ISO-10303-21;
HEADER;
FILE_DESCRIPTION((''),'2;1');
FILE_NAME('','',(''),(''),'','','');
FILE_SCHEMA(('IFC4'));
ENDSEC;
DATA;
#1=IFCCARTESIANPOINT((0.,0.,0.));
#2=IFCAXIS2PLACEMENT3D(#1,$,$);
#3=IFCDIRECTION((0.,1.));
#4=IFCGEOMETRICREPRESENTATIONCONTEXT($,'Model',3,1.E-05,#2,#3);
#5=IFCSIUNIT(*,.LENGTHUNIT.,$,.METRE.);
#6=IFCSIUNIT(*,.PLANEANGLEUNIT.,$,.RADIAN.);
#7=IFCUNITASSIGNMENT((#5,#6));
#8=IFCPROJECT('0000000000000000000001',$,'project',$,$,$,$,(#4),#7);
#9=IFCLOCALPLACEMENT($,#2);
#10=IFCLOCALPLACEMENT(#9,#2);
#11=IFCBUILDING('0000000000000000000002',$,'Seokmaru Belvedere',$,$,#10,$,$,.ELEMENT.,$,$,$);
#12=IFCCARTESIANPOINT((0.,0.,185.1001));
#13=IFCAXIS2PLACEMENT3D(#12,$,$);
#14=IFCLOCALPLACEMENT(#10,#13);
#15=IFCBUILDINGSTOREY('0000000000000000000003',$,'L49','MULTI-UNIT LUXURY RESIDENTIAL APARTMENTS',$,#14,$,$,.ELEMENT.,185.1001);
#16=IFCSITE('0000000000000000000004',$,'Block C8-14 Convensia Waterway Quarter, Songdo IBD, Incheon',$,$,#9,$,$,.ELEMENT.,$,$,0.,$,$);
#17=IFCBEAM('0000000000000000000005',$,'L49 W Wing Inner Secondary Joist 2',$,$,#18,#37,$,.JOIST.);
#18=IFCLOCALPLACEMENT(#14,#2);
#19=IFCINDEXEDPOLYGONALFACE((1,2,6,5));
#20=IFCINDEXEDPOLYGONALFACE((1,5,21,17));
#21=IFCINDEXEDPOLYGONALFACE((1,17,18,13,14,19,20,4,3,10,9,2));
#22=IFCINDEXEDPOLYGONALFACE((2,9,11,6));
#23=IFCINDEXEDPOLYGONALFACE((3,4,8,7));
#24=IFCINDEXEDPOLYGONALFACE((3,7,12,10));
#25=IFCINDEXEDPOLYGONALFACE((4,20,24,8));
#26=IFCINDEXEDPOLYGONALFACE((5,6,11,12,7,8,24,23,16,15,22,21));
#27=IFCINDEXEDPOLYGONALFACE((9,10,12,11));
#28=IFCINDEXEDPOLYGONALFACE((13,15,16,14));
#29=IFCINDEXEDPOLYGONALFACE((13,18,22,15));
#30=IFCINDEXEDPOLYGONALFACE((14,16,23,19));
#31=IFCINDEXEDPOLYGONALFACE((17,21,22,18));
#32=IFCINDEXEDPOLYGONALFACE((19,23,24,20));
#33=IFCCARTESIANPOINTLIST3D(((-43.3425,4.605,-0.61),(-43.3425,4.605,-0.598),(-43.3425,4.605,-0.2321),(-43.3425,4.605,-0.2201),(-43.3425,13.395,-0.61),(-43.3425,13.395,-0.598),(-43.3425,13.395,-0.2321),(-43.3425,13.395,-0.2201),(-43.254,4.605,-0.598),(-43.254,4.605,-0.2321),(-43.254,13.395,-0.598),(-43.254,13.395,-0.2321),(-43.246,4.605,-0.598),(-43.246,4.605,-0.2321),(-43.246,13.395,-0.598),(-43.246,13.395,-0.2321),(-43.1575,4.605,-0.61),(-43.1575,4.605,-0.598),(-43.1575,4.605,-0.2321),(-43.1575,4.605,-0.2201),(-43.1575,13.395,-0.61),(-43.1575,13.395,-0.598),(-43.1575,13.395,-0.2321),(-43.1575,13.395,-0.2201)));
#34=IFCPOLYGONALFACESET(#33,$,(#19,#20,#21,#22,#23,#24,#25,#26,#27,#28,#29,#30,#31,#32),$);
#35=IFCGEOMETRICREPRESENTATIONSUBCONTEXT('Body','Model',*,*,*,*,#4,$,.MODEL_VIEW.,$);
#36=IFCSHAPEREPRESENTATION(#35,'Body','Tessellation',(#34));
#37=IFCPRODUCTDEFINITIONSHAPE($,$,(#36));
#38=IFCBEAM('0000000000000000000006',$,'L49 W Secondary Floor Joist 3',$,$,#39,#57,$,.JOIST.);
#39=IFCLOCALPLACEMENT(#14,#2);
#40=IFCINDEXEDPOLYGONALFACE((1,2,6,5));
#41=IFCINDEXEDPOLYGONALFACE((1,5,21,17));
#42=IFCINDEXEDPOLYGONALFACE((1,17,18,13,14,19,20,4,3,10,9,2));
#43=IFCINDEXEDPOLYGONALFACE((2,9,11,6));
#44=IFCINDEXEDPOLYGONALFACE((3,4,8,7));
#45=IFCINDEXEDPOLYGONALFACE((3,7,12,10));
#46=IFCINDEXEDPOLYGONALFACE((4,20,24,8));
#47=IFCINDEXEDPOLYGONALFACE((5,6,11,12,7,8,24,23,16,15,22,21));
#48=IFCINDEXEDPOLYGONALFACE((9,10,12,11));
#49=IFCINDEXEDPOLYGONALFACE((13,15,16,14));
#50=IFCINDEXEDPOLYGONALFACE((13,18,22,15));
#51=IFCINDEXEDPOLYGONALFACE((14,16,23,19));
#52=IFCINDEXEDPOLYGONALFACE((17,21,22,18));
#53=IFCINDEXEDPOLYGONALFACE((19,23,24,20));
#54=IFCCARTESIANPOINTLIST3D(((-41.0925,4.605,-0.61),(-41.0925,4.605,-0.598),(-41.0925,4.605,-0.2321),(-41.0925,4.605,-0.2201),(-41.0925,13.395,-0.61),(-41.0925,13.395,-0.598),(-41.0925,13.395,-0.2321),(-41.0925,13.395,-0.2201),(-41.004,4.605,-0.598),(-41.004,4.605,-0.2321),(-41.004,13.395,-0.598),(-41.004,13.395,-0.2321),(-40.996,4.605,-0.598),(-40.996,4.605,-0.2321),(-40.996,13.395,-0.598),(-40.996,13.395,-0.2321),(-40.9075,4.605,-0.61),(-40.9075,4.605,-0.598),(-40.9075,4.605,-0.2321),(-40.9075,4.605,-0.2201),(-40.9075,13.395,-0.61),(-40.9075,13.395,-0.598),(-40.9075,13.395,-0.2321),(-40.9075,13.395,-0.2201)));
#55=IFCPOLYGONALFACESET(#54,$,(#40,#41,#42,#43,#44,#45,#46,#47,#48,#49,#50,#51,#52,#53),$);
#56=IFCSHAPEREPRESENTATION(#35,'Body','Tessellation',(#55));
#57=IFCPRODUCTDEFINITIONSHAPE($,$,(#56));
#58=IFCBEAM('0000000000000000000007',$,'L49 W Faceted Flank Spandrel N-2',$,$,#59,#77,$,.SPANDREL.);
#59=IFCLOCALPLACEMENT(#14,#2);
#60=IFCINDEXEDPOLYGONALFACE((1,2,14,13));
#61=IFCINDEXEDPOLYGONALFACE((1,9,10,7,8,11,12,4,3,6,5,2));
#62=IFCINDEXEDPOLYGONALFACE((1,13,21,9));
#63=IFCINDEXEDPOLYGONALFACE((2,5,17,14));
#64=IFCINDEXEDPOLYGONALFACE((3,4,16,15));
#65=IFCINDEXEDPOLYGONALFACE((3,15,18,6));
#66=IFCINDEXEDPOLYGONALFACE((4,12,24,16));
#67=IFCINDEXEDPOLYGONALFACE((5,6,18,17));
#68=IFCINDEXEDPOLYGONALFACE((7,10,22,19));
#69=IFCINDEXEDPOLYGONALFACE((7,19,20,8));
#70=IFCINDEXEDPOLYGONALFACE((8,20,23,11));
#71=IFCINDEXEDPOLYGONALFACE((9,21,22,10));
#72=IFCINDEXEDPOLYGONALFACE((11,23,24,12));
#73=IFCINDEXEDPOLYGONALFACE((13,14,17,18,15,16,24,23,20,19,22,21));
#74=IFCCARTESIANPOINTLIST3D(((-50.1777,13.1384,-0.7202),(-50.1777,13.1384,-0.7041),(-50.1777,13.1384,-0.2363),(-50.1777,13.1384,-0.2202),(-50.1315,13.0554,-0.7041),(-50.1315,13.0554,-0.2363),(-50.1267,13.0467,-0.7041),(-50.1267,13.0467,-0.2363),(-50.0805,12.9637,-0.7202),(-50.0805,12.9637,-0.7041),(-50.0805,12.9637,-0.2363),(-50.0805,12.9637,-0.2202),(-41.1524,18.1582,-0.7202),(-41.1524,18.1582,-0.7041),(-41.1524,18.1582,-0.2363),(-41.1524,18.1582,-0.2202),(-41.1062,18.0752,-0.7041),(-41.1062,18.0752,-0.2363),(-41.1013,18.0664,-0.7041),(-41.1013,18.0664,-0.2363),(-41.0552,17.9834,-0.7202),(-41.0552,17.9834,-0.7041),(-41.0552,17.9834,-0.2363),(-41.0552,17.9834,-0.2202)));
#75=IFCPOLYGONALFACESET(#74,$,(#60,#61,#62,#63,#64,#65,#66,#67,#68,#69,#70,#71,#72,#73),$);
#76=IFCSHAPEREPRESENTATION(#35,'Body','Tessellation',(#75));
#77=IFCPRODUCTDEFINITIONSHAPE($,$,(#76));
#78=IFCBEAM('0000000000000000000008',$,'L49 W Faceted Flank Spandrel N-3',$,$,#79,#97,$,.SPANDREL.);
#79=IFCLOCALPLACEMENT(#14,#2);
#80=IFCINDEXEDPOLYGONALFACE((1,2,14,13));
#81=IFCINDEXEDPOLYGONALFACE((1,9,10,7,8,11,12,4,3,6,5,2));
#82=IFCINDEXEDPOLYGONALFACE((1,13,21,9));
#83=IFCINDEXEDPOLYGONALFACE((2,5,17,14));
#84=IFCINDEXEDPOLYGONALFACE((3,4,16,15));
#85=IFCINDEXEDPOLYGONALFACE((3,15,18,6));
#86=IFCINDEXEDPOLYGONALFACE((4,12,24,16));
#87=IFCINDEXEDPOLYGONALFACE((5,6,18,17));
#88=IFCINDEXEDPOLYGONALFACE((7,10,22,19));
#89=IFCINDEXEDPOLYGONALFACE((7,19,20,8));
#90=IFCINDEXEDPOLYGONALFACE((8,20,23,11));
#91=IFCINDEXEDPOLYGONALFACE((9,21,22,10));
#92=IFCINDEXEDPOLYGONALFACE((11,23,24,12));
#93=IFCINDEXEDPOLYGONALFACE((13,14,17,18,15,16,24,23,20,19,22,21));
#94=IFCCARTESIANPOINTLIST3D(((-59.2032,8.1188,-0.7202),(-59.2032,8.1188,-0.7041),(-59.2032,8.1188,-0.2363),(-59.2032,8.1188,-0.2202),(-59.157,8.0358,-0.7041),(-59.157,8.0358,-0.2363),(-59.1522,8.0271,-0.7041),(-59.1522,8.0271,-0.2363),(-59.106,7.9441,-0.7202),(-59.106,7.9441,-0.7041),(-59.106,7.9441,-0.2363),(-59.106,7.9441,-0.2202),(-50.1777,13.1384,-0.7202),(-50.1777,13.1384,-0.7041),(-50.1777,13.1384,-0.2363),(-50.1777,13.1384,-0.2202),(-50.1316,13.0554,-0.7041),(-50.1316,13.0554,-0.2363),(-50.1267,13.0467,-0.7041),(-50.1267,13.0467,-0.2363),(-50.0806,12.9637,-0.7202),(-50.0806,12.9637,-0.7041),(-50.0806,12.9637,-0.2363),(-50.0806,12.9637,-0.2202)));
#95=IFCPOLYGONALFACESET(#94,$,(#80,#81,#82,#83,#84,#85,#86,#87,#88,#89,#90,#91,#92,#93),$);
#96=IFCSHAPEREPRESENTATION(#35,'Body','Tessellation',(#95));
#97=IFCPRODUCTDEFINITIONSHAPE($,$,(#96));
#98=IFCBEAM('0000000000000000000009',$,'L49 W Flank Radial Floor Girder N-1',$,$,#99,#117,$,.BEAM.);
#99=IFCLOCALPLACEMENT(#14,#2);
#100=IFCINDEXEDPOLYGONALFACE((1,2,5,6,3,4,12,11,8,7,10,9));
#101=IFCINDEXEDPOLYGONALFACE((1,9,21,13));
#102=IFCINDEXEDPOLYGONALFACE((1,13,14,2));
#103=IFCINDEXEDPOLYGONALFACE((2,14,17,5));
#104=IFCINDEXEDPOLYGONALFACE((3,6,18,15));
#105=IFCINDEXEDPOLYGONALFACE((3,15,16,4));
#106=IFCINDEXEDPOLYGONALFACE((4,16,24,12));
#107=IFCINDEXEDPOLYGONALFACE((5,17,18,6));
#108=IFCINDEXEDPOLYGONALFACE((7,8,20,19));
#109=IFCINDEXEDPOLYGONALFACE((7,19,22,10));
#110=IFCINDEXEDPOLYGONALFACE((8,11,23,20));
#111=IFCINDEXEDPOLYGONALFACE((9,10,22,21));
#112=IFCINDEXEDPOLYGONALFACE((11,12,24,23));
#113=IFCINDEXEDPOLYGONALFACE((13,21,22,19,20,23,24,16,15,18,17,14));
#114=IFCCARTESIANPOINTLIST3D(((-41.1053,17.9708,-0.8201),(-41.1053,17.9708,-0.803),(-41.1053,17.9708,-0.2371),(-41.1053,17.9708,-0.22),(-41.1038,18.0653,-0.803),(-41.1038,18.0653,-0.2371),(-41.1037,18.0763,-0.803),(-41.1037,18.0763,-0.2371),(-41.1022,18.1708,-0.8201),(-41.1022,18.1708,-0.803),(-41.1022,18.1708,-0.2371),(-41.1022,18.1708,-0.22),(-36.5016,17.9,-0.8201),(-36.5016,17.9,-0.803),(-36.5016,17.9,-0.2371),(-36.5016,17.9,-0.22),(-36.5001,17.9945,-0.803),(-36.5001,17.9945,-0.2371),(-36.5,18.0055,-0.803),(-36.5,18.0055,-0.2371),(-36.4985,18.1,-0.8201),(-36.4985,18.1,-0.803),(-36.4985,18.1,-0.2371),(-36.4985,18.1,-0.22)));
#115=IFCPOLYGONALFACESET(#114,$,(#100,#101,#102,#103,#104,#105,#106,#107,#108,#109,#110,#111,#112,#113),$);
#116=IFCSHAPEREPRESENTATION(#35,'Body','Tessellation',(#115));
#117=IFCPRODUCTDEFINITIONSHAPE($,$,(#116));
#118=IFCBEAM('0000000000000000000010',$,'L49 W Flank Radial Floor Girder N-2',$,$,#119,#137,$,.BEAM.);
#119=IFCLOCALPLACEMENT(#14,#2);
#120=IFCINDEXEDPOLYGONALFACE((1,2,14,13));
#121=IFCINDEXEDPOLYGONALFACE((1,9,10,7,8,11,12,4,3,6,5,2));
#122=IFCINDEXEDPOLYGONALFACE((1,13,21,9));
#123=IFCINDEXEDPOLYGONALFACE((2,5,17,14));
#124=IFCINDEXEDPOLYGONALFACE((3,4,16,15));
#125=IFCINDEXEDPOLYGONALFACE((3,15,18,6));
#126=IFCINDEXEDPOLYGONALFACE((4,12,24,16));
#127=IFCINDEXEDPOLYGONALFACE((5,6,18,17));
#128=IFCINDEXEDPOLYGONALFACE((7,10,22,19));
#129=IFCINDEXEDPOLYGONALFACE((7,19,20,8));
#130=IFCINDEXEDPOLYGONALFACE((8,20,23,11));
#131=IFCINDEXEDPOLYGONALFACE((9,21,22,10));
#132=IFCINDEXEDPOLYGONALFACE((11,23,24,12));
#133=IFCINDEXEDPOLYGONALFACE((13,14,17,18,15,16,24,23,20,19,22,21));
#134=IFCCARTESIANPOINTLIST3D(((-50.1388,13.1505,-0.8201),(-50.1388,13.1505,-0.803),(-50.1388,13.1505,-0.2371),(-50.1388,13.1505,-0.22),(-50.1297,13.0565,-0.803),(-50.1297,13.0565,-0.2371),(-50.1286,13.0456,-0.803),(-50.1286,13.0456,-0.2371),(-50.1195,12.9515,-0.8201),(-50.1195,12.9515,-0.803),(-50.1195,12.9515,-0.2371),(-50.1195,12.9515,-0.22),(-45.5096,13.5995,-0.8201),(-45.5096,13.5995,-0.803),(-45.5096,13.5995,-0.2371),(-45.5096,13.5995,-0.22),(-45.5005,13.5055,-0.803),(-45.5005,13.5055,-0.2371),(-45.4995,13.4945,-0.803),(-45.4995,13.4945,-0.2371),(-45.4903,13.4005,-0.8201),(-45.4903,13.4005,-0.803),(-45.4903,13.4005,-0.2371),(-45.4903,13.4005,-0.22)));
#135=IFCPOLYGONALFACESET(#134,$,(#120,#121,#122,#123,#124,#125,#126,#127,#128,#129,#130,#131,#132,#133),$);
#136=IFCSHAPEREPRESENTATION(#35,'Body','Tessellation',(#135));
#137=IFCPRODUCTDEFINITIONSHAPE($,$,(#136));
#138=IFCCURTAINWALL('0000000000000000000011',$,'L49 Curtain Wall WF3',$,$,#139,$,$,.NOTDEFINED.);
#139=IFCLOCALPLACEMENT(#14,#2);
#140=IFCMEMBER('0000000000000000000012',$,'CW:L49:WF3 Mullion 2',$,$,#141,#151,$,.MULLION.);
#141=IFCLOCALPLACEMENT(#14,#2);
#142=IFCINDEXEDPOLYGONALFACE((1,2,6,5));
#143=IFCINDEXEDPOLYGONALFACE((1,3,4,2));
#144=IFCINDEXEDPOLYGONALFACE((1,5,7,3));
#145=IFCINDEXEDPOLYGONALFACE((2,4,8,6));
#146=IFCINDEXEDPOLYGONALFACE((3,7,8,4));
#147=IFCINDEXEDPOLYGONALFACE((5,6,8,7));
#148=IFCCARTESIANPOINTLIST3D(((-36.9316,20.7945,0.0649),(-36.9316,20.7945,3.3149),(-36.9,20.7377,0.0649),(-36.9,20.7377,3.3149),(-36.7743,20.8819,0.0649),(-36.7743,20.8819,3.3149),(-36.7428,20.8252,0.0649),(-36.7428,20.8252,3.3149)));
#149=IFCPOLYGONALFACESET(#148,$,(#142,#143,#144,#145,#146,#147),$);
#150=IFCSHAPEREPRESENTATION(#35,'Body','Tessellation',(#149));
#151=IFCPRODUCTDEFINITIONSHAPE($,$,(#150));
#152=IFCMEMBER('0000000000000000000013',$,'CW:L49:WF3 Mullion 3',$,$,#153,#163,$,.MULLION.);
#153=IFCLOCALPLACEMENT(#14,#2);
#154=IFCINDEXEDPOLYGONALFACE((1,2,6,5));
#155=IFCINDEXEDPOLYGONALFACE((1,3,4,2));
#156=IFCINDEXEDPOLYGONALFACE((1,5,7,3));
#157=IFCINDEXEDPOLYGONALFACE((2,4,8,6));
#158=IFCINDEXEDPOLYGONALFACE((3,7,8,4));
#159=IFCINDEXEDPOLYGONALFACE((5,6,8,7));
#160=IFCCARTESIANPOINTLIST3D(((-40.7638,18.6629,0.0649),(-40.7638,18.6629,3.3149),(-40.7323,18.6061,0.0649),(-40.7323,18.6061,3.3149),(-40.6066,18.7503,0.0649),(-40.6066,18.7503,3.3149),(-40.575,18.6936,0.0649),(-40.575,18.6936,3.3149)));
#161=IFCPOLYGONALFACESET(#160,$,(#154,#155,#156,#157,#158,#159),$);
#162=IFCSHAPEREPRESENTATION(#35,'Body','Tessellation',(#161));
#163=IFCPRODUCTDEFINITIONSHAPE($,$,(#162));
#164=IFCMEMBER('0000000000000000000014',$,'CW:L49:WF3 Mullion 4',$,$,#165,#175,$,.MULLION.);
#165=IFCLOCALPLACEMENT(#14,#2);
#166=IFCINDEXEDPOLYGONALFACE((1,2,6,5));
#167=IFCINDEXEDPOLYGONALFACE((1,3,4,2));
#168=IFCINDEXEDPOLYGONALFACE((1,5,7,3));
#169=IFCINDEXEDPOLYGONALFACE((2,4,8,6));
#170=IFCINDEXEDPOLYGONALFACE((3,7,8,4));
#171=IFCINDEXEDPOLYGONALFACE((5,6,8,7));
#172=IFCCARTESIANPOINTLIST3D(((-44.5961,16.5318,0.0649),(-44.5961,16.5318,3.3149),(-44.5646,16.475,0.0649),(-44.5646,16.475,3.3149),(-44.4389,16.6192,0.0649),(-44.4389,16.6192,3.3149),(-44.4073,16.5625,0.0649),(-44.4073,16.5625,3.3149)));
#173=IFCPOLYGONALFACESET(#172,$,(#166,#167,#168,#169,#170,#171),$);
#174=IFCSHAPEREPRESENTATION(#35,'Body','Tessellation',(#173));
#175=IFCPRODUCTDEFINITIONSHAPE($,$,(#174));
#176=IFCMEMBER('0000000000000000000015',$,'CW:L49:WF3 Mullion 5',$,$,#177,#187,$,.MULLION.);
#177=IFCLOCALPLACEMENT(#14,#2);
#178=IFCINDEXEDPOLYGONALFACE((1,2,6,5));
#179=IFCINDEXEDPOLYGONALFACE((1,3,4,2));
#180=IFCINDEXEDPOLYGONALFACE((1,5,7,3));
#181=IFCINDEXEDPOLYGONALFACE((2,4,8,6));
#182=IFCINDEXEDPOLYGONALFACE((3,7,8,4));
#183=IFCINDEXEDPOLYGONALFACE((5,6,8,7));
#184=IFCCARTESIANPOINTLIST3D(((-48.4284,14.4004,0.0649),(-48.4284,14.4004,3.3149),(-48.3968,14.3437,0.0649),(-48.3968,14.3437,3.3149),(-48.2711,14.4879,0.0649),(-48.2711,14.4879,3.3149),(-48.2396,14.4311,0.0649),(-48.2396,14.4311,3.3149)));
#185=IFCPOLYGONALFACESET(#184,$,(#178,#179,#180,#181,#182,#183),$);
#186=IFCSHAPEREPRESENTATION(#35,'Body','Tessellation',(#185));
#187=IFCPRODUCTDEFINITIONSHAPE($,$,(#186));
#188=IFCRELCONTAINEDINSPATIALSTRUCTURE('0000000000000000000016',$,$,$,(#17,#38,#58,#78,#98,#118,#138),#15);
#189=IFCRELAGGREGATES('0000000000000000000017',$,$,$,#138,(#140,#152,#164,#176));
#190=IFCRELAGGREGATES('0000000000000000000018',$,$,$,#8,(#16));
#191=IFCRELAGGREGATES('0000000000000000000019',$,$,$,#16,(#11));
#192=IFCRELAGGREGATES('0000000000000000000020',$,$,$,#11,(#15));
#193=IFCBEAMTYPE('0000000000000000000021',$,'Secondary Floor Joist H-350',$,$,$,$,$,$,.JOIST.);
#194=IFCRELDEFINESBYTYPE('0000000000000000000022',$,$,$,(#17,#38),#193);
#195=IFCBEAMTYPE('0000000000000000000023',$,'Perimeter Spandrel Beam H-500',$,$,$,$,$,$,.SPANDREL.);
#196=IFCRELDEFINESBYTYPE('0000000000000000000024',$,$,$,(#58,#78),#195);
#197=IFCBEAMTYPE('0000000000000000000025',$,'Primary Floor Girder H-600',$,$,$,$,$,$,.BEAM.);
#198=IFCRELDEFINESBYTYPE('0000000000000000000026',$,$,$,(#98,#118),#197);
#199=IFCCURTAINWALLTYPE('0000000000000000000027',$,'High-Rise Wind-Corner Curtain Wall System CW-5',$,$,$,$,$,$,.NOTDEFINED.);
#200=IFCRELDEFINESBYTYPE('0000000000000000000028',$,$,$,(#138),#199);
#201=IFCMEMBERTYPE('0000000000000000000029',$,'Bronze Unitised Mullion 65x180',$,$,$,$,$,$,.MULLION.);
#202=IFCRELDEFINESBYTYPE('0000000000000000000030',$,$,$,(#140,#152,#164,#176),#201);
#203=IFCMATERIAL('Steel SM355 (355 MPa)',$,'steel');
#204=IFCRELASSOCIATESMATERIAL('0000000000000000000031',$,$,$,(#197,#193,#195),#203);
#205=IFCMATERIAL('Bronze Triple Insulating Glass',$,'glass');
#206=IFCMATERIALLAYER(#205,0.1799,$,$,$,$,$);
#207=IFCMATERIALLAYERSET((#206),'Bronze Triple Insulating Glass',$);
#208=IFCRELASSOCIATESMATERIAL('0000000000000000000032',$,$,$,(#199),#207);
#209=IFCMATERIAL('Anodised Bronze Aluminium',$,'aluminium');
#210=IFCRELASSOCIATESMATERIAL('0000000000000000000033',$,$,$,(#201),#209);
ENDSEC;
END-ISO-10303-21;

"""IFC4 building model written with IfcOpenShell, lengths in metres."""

from ifc_helpers import new_model, si_unit, direction, frame, origin, origin_2d, place, context, subcontext, project, spatial, rectangle, i_section, extrude, source, transform, mapped, material, layer, layer_set, material_profile, profile_set, type_object, type_shapes, element, aggregate, save


model = new_model("IFC4")

# Units and contexts
model_context = context("Model", 3, precision=1e-05, world=origin(), true_north=direction((0.0, 1.0)))
body_context = subcontext(model_context, "Body", "Model", "MODEL_VIEW")
ifc_project = project(units=[si_unit("LENGTHUNIT", "METRE"), si_unit("PLANEANGLEUNIT", "RADIAN")], contexts=[model_context])

# Site, building, storey
site_placement = place(None, origin())
site = spatial("IfcSite", under=ifc_project, at=site_placement, Name="Block C8-14 Convensia Waterway Quarter, Songdo IBD, Incheon", CompositionType="ELEMENT", RefElevation=0.0)
building_placement = place(site_placement, origin())
building = spatial("IfcBuilding", under=site, at=building_placement, Name="Seokmaru Belvedere", CompositionType="ELEMENT")
storey_placement = place(building_placement, frame((0.0, 0.0, 185.1001)))
storey = spatial("IfcBuildingStorey", under=building, at=storey_placement, Name="L49", Description="MULTI-UNIT LUXURY RESIDENTIAL APARTMENTS", CompositionType="ELEMENT", Elevation=185.1001)

# Shared definitions
ifc_material_1 = material(Name="Steel SM355 (355 MPa)", Category="steel")

# Beams
ifc_material_profile_1 = material_profile(ifc_material_1, i_section(OverallWidth=0.2, OverallDepth=0.6001, WebThickness=0.011, FlangeThickness=0.0171, at=origin_2d()), Name="H-600x200x11x17")
ifc_profile_set_1 = profile_set([ifc_material_profile_1], Name="Steel SM355 (355 MPa)")
beam_type_1 = type_object("IfcBeamType", Name="Primary Floor Girder H-600", PredefinedType="BEAM", material=ifc_profile_set_1)
ifc_material_profile_2 = material_profile(ifc_material_1, i_section(OverallWidth=0.1851, OverallDepth=0.3899, WebThickness=0.0081, FlangeThickness=0.012, at=origin_2d()), Name="H-390x185x8x12")
ifc_profile_set_2 = profile_set([ifc_material_profile_2], Name="Steel SM355 (355 MPa)")
beam_type_2 = type_object("IfcBeamType", Name="Secondary Floor Joist H-350", PredefinedType="JOIST", material=ifc_profile_set_2)
shared_shape_1 = source(origin(), body_context, "Body", "SweptSolid", [
    extrude(i_section(OverallWidth=0.1851, OverallDepth=0.3899, WebThickness=0.0081, FlangeThickness=0.012, at=origin_2d()), origin(), (0.0, 0.0, 1.0), 8.79),
])
type_shapes(beam_type_2, [shared_shape_1])
for number, where, z_axis, x_axis, name in (
    (1, (-43.25, 4.605, -0.415), (0.0, 1.0, 0.0), (-1.0, 0.0, 0.0), "L49 W Wing Inner Secondary Joist 2"),
    (2, (-41.0, 4.605, -0.415), (0.0, 1.0, 0.0), (-1.0, 0.0, 0.0), "L49 W Secondary Floor Joist 3"),
):
    element("IfcBeam", number, at=place(storey_placement, frame(where, z_axis=z_axis, x_axis=x_axis)), inside=storey, type_object=beam_type_2, Name=name, PredefinedType="JOIST", context=body_context, shape_type="MappedRepresentation", body=[
        mapped(shared_shape_1, transform((0.0, 0.0, 0.0), scale=1.0)),
    ])
ifc_material_profile_3 = material_profile(ifc_material_1, i_section(OverallWidth=0.2, OverallDepth=0.5, WebThickness=0.01, FlangeThickness=0.0161, at=origin_2d()), Name="H-500x200x10x16")
ifc_profile_set_3 = profile_set([ifc_material_profile_3], Name="Steel SM355 (355 MPa)")
beam_type_3 = type_object("IfcBeamType", Name="Perimeter Spandrel Beam H-500", PredefinedType="SPANDREL", material=ifc_profile_set_3)
shared_shape_2 = source(origin(), body_context, "Body", "SweptSolid", [
    extrude(i_section(OverallWidth=0.2, OverallDepth=0.5, WebThickness=0.01, FlangeThickness=0.0161, at=origin_2d()), origin(), (0.0, 0.0, 1.0), 10.3274),
])
type_shapes(beam_type_3, [shared_shape_2])
for number, where, z_axis, x_axis, name in (
    (3, (-41.1038, 18.0708, -0.4702), (-0.873924, -0.486062, 0.0), (0.486062, -0.873924, 0.0), "L49 W Faceted Flank Spandrel N-2"),
    (4, (-50.1292, 13.051, -0.4702), (-0.873934, -0.486044, 0.0), (0.486044, -0.873934, 0.0), "L49 W Faceted Flank Spandrel N-3"),
):
    element("IfcBeam", number, at=place(storey_placement, frame(where, z_axis=z_axis, x_axis=x_axis)), inside=storey, type_object=beam_type_3, Name=name, PredefinedType="SPANDREL", context=body_context, shape_type="MappedRepresentation", body=[
        mapped(shared_shape_2, transform((0.0, 0.0, 0.0), scale=1.0)),
    ])
shared_shape_3 = source(origin(), body_context, "Body", "SweptSolid", [
    extrude(i_section(OverallWidth=0.2, OverallDepth=0.6001, WebThickness=0.011, FlangeThickness=0.0171, at=origin_2d()), origin(), (0.0, 0.0, 1.0), 4.6042),
])
beam_1_placement = place(storey_placement, frame((-41.1038, 18.0708, -0.52), z_axis=(0.999882, -0.015377, 0.0), x_axis=(0.015377, 0.999882, 0.0)))
element("IfcBeam", 5, at=beam_1_placement, inside=storey, type_object=beam_type_1, Name="L49 W Flank Radial Floor Girder N-1", PredefinedType="BEAM", context=body_context, shape_type="MappedRepresentation", body=[
    mapped(shared_shape_3, transform((0.0, 0.0, 0.0), scale=1.0)),
])
shared_shape_4 = source(origin(), body_context, "Body", "SweptSolid", [
    extrude(i_section(OverallWidth=0.2, OverallDepth=0.6001, WebThickness=0.011, FlangeThickness=0.0171, at=origin_2d()), origin(), (0.0, 0.0, 1.0), 4.6509),
])
beam_2_placement = place(storey_placement, frame((-50.1292, 13.051, -0.52), z_axis=(0.99533, 0.096536, 0.0), x_axis=(-0.096536, 0.99533, 0.0)))
element("IfcBeam", 6, at=beam_2_placement, inside=storey, type_object=beam_type_1, Name="L49 W Flank Radial Floor Girder N-2", PredefinedType="BEAM", context=body_context, shape_type="MappedRepresentation", body=[
    mapped(shared_shape_4, transform((0.0, 0.0, 0.0), scale=1.0)),
])

# Curtain wall, members
ifc_material_2 = material(Name="Bronze Triple Insulating Glass", Category="glass")
ifc_layer_1 = layer(ifc_material_2, 0.1799)
ifc_layer_set_1 = layer_set([ifc_layer_1], Name="Bronze Triple Insulating Glass")
curtain_wall_type = type_object("IfcCurtainWallType", Name="High-Rise Wind-Corner Curtain Wall System CW-5", PredefinedType="NOTDEFINED", material=ifc_layer_set_1)
curtain_wall_placement = place(storey_placement, origin())
curtain_wall = element("IfcCurtainWall", 7, at=curtain_wall_placement, inside=storey, type_object=curtain_wall_type, Name="L49 Curtain Wall WF3", PredefinedType="NOTDEFINED")
ifc_material_3 = material(Name="Anodised Bronze Aluminium", Category="aluminium")
ifc_material_profile_4 = material_profile(ifc_material_3, rectangle(XDim=0.0649, YDim=0.1799, at=origin_2d()), Name="CW-M-65x180")
ifc_profile_set_4 = profile_set([ifc_material_profile_4], Name="Anodised Bronze Aluminium")
member_type = type_object("IfcMemberType", Name="Bronze Unitised Mullion 65x180", PredefinedType="MULLION", material=ifc_profile_set_4)
shared_shape_5 = source(origin(), body_context, "Body", "SweptSolid", [
    extrude(rectangle(XDim=0.0649, YDim=0.1799, at=origin_2d()), origin(), (0.0, 0.0, 1.0), 3.25),
])
type_shapes(member_type, [shared_shape_5])
member_1_placement = place(storey_placement, frame((-36.8372, 20.8098, 0.0649), z_axis=(0.0, 0.0, 1.0), x_axis=(0.486047, -0.873933, 0.0)))
member_1 = element("IfcMember", 8, at=member_1_placement, type_object=member_type, Name="CW:L49:WF3 Mullion 2", PredefinedType="MULLION", context=body_context, shape_type="MappedRepresentation", body=[
    mapped(shared_shape_5, transform((0.0, 0.0, 0.0), scale=1.0)),
])
member_2_placement = place(storey_placement, frame((-40.6694, 18.6782, 0.0649), z_axis=(0.0, 0.0, 1.0), x_axis=(0.486047, -0.873933, 0.0)))
member_2 = element("IfcMember", 9, at=member_2_placement, type_object=member_type, Name="CW:L49:WF3 Mullion 3", PredefinedType="MULLION", context=body_context, shape_type="MappedRepresentation", body=[
    mapped(shared_shape_5, transform((0.0, 0.0, 0.0), scale=1.0)),
])
member_3_placement = place(storey_placement, frame((-44.5017, 16.5471, 0.0649), z_axis=(0.0, 0.0, 1.0), x_axis=(0.486047, -0.873933, 0.0)))
member_3 = element("IfcMember", 10, at=member_3_placement, type_object=member_type, Name="CW:L49:WF3 Mullion 4", PredefinedType="MULLION", context=body_context, shape_type="MappedRepresentation", body=[
    mapped(shared_shape_5, transform((0.0, 0.0, 0.0), scale=1.0)),
])
member_4_placement = place(storey_placement, frame((-48.334, 14.4158, 0.0649), z_axis=(0.0, 0.0, 1.0), x_axis=(0.486047, -0.873933, 0.0)))
member_4 = element("IfcMember", 11, at=member_4_placement, type_object=member_type, Name="CW:L49:WF3 Mullion 5", PredefinedType="MULLION", context=body_context, shape_type="MappedRepresentation", body=[
    mapped(shared_shape_5, transform((0.0, 0.0, 0.0), scale=1.0)),
])
aggregate(curtain_wall, [member_1, member_2, member_3, member_4])

save(model, "model.ifc")
